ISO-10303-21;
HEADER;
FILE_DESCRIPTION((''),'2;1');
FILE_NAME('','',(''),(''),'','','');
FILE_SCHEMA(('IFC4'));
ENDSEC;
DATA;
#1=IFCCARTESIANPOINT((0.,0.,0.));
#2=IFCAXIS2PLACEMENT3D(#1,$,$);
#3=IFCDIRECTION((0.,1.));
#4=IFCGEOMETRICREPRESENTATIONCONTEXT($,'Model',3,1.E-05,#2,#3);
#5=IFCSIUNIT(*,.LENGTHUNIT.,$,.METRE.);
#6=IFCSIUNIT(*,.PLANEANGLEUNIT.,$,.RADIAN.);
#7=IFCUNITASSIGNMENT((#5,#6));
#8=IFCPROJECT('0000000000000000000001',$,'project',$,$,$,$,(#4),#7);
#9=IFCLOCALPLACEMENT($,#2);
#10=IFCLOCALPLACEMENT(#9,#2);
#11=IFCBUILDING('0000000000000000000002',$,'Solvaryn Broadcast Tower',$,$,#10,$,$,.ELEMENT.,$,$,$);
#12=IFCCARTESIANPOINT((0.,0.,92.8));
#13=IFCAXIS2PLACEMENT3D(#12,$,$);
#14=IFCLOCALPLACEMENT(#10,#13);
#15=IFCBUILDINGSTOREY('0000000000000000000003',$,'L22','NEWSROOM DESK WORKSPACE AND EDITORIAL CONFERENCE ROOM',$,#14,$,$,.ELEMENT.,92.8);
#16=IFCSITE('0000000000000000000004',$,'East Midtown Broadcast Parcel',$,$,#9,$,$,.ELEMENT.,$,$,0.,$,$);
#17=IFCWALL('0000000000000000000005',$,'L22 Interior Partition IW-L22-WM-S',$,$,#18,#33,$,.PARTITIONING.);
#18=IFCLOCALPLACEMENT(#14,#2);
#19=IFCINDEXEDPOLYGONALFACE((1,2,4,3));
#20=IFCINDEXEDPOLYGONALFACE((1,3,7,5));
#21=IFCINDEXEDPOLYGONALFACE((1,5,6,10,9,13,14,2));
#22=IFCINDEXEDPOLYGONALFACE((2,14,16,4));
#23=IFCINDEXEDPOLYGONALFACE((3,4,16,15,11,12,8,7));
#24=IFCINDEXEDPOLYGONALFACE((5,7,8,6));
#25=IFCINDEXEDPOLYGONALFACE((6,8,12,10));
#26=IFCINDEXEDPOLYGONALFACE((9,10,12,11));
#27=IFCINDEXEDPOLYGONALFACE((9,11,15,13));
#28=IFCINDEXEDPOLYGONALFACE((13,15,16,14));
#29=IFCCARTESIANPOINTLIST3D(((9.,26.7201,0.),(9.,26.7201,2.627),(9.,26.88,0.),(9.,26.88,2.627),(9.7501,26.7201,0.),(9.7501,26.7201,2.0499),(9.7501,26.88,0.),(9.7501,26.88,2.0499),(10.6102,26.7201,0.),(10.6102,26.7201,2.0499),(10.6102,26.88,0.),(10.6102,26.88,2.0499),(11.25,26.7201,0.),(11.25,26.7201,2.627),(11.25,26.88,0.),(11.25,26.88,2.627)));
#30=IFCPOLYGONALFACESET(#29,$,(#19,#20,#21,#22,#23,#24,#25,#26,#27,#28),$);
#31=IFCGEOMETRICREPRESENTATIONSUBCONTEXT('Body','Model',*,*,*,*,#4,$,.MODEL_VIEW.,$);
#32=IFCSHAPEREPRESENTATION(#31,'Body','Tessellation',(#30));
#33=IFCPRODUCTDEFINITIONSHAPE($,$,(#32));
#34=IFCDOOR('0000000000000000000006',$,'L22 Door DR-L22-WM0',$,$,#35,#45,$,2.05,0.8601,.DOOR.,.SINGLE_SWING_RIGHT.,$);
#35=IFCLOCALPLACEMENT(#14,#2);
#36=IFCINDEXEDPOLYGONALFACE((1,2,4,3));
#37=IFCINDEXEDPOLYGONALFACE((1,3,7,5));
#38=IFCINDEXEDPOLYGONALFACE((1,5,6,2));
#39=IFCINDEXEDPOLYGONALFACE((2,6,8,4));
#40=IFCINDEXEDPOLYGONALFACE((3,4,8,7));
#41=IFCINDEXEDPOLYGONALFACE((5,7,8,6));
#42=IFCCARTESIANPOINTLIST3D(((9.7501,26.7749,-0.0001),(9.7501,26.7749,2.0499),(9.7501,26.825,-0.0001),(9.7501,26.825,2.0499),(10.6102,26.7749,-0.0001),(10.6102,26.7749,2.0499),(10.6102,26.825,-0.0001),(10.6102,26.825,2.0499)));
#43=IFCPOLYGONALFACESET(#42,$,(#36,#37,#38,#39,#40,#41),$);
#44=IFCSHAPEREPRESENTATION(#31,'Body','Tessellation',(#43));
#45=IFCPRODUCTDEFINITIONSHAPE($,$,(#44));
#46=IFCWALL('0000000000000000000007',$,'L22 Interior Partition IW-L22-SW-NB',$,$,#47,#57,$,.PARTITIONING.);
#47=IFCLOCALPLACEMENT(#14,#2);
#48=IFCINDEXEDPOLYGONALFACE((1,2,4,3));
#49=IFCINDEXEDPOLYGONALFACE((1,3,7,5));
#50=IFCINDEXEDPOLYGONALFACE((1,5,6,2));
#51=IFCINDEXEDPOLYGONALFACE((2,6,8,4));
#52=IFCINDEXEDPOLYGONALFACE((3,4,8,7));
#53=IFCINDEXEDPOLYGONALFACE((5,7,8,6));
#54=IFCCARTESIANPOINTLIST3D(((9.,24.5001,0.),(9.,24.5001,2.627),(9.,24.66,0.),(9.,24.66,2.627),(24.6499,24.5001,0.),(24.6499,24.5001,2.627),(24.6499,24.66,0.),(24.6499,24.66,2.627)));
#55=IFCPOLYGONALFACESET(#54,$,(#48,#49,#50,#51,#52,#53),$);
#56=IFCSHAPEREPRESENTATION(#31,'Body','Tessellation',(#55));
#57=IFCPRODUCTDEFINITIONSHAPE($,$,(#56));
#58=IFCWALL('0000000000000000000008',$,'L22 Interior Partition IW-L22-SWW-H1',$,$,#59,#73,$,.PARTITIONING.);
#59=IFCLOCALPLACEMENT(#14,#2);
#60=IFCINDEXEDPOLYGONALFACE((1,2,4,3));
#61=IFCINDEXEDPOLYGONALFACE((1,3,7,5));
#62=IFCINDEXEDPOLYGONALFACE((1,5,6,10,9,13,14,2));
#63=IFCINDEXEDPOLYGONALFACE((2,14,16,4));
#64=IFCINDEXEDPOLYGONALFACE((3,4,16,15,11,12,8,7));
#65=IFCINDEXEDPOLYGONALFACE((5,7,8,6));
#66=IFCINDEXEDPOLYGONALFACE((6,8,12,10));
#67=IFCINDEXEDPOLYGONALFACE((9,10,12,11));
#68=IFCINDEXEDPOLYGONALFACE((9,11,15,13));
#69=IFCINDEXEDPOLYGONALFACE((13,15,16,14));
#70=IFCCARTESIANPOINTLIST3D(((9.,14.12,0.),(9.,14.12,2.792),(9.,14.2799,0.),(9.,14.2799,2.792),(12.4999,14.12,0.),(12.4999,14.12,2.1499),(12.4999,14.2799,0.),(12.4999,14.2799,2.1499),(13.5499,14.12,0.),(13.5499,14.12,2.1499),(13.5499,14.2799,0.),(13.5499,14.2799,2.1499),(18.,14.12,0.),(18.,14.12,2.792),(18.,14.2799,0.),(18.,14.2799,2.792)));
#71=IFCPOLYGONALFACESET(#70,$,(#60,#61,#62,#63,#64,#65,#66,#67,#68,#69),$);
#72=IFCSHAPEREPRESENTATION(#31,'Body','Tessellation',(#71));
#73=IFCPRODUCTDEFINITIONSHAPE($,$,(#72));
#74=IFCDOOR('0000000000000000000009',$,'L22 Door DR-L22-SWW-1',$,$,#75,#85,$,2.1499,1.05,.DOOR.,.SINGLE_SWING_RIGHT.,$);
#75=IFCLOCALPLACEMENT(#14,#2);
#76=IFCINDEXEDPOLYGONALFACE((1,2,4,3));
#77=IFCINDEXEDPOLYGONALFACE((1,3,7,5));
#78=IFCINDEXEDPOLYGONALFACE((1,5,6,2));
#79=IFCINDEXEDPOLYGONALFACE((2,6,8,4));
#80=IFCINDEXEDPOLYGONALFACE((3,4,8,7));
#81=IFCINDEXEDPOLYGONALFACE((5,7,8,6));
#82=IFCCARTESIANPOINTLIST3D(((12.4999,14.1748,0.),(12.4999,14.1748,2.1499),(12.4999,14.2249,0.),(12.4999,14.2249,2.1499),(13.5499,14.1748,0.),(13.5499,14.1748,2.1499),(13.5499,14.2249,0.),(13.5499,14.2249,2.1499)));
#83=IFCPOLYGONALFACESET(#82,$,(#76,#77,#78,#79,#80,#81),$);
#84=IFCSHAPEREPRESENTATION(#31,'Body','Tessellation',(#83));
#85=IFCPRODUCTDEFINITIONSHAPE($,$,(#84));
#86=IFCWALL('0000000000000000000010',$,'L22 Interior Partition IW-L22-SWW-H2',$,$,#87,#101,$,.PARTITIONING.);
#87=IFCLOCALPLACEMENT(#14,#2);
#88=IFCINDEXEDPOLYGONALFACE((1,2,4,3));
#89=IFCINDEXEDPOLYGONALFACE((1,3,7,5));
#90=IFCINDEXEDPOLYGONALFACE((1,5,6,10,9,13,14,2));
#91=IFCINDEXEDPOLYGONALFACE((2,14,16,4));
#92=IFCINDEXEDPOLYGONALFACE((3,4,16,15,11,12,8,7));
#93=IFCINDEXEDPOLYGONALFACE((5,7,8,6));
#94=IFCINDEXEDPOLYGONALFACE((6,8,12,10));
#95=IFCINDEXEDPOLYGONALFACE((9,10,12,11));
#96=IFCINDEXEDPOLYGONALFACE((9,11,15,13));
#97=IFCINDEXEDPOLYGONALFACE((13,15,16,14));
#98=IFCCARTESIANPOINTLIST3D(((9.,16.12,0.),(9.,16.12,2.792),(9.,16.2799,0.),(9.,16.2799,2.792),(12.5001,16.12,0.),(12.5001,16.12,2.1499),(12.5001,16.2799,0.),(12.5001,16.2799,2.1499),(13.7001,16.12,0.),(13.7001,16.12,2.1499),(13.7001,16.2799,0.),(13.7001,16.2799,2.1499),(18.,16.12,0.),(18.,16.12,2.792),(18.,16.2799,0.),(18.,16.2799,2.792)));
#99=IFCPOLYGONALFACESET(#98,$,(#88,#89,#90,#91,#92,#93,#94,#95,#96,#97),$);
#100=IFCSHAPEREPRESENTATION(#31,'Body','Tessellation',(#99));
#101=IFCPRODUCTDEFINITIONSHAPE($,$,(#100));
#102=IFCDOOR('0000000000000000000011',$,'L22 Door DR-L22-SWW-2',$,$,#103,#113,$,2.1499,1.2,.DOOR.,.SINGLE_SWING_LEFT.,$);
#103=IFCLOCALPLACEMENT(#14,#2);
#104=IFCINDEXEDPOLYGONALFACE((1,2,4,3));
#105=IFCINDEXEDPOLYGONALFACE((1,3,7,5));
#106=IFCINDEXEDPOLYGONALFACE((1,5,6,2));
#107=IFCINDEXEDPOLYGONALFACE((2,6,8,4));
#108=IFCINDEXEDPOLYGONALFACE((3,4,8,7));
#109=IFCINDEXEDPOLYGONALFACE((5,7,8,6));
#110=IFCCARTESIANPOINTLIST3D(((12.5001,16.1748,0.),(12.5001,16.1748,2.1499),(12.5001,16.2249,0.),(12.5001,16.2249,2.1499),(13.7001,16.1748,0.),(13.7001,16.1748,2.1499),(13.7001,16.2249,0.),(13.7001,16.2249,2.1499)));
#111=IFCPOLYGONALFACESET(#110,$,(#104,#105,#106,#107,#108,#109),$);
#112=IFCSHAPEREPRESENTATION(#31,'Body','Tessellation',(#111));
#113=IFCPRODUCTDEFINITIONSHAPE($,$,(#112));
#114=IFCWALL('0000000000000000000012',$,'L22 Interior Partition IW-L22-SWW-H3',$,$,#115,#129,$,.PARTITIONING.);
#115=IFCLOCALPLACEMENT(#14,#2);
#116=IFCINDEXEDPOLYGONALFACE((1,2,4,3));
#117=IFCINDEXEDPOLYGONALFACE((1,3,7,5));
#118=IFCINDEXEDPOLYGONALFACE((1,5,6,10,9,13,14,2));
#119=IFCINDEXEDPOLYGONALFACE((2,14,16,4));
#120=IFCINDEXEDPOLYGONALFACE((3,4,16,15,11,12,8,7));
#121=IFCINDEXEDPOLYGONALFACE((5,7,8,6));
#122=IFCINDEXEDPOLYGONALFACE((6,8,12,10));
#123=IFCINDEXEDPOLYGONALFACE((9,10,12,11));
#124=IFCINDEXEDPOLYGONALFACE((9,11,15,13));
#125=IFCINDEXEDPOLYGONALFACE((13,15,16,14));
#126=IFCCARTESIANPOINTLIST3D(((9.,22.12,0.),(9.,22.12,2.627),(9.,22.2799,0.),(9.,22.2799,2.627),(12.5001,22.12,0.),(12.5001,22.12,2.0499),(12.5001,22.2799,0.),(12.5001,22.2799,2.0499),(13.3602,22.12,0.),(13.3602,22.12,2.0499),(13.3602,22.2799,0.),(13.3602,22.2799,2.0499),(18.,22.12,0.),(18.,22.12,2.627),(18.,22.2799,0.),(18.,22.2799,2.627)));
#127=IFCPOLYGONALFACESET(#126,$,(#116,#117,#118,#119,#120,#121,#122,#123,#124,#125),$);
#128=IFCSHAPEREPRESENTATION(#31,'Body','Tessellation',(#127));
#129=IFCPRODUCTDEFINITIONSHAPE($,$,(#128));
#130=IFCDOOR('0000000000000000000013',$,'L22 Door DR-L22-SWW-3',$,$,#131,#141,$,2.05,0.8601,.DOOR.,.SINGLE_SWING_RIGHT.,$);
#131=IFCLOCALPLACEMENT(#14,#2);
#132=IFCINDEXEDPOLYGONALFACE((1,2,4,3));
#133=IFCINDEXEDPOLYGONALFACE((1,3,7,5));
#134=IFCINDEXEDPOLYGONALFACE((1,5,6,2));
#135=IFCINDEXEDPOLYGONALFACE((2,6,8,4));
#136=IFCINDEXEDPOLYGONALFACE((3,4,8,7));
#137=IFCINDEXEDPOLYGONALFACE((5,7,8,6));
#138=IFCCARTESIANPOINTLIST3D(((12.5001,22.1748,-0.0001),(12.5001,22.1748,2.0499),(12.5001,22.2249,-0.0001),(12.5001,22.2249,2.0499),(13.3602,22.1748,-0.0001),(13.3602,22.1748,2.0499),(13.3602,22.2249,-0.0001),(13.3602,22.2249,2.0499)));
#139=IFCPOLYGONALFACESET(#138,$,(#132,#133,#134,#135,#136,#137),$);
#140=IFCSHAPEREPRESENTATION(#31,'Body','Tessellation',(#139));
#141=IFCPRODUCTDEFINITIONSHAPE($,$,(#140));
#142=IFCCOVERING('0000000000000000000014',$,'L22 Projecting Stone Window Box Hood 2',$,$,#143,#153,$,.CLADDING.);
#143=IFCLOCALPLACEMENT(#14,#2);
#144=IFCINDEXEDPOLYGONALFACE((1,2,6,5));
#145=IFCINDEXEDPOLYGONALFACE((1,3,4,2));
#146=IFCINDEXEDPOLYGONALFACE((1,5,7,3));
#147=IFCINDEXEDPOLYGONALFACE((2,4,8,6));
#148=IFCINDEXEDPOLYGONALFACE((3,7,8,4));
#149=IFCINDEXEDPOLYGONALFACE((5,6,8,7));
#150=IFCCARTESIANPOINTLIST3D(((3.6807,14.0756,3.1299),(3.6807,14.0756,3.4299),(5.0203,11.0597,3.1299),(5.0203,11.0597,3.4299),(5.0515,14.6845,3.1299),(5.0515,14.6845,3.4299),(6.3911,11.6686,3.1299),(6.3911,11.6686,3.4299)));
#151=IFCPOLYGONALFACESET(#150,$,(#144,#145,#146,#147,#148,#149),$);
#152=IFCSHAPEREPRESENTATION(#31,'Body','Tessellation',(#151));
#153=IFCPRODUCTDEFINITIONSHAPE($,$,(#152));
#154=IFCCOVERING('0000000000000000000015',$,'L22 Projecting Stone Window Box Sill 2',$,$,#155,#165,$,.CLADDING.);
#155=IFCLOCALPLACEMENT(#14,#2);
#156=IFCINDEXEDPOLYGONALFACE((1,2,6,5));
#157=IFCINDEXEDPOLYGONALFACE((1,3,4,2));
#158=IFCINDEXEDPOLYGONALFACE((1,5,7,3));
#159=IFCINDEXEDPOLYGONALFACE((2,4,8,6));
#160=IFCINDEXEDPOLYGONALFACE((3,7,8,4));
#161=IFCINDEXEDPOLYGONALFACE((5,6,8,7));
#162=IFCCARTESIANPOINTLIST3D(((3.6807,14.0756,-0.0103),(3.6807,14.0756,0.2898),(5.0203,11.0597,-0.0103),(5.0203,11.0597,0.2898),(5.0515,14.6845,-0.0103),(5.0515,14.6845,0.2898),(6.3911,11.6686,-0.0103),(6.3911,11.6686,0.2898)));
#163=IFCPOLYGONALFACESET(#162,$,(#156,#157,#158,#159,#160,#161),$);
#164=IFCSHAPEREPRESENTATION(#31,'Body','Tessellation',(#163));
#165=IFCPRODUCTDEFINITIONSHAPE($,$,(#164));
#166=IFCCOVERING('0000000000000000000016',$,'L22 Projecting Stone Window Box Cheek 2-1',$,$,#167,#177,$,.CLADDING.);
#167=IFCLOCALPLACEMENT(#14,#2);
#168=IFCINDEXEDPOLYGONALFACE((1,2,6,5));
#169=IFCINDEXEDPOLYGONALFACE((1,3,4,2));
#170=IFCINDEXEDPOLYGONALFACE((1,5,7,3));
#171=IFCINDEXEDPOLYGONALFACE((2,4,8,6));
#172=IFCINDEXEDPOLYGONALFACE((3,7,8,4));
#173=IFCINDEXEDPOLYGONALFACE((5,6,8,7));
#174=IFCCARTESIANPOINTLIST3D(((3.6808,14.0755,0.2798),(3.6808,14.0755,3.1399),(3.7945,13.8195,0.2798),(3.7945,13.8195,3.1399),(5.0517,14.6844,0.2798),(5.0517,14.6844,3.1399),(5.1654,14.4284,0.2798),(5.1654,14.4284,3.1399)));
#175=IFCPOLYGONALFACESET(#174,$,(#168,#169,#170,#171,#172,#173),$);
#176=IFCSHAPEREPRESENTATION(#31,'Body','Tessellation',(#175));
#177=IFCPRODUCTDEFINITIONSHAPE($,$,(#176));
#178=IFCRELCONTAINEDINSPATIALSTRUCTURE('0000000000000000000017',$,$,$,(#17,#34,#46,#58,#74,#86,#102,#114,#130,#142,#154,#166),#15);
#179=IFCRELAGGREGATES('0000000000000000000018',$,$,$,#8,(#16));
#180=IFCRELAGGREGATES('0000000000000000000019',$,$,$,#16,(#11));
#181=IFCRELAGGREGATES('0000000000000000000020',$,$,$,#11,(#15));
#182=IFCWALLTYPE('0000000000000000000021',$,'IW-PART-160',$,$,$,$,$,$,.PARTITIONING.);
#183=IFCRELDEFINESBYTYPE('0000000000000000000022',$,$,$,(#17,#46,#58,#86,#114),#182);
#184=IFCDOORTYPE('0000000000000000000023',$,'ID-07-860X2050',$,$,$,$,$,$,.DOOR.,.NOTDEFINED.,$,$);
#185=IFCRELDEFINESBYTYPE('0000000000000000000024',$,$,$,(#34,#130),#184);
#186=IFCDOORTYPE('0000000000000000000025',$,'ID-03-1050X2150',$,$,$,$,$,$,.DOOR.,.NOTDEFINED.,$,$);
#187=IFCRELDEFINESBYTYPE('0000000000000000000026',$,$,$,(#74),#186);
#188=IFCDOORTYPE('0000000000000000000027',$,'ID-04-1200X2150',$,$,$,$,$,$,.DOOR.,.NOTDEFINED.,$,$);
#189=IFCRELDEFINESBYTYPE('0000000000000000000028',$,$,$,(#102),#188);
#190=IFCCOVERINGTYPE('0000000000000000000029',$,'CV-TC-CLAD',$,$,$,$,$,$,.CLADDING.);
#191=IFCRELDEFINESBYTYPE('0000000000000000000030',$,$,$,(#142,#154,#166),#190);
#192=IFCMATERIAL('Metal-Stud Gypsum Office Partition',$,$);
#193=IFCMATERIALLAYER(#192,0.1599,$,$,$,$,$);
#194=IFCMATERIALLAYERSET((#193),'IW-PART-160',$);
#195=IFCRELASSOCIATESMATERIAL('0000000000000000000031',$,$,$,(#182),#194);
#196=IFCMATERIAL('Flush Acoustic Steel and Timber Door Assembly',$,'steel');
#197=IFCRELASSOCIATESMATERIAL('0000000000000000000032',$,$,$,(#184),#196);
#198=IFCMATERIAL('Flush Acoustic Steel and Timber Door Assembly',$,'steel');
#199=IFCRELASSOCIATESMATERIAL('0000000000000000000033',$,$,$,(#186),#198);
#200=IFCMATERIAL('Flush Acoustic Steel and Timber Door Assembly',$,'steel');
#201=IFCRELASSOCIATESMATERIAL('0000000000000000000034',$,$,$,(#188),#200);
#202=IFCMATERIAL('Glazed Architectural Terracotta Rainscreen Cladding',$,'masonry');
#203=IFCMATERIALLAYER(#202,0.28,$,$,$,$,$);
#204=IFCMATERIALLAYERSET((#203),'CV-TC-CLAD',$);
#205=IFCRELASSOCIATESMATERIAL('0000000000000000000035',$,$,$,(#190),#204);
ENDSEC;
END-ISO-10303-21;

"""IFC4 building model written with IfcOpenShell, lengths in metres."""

from ifc_helpers import new_model, si_unit, direction, frame, frame_2d, origin, origin_2d, place, context, subcontext, project, spatial, rectangle, extrude, material, layer, layer_set, type_object, element, fill, save


model = new_model("IFC4")

# Units and contexts
model_context = context("Model", 3, precision=1e-05, world=origin(), true_north=direction((0.0, 1.0)))
body_context = subcontext(model_context, "Body", "Model", "MODEL_VIEW")
ifc_project = project(units=[si_unit("LENGTHUNIT", "METRE"), si_unit("PLANEANGLEUNIT", "RADIAN")], contexts=[model_context])

# Site, building, storey
site_placement = place(None, origin())
site = spatial("IfcSite", under=ifc_project, at=site_placement, Name="East Midtown Broadcast Parcel", CompositionType="ELEMENT", RefElevation=0.0)
building_placement = place(site_placement, origin())
building = spatial("IfcBuilding", under=site, at=building_placement, Name="Solvaryn Broadcast Tower", CompositionType="ELEMENT")
storey_placement = place(building_placement, frame((0.0, 0.0, 92.8)))
storey = spatial("IfcBuildingStorey", under=building, at=storey_placement, Name="L22", Description="NEWSROOM DESK WORKSPACE AND EDITORIAL CONFERENCE ROOM", CompositionType="ELEMENT", Elevation=92.8)

# Wall, opening, door
ifc_material_1 = material(Name="Metal-Stud Gypsum Office Partition")
ifc_layer_1 = layer(ifc_material_1, 0.1599)
ifc_layer_set_1 = layer_set([ifc_layer_1], Name="IW-PART-160")
wall_type = type_object("IfcWallType", Name="IW-PART-160", PredefinedType="PARTITIONING", material=ifc_layer_set_1)
wall_1_placement = place(storey_placement, frame((9.0, 26.8, 0.0), z_axis=(0.0, 0.0, 1.0), x_axis=(1.0, 0.0, 0.0)))
wall_1 = element("IfcWall", 1, at=wall_1_placement, inside=storey, type_object=wall_type, Name="L22 Interior Partition IW-L22-WM-S", PredefinedType="PARTITIONING", context=body_context, shape_type="SweptSolid", body=[
    extrude(rectangle(XDim=2.25, YDim=0.1599, at=frame_2d((1.125, 0.0))), origin(), (0.0, 0.0, 1.0), 2.627),
])
opening_1_placement = place(wall_1_placement, frame((0.75, 0.0, 0.0)))
opening_1 = element("IfcOpeningElement", 2, at=opening_1_placement, cuts=wall_1, PredefinedType="OPENING", context=body_context, shape_type="SweptSolid", body=[
    extrude(rectangle(XDim=0.8601, YDim=2.05, at=frame_2d((0.4302, 1.0249))), frame((0.0, 0.0901, 0.0), z_axis=(0.0, -1.0, 0.0), x_axis=(1.0, 0.0, 0.0)), (0.0, 0.0, 1.0), 0.1799),
])
ifc_material_2 = material(Name="Flush Acoustic Steel and Timber Door Assembly", Category="steel")
door_type_1 = type_object("IfcDoorType", Name="ID-07-860X2050", OperationType="NOTDEFINED", PredefinedType="DOOR", material=ifc_material_2)
door_1_placement = place(opening_1_placement, origin())
door_1 = element("IfcDoor", 3, at=door_1_placement, inside=storey, type_object=door_type_1, Name="L22 Door DR-L22-WM0", OperationType="SINGLE_SWING_RIGHT", OverallHeight=2.05, OverallWidth=0.8601, PredefinedType="DOOR", context=body_context, shape_type="SweptSolid", body=[
    extrude(rectangle(XDim=0.8601, YDim=2.05, at=frame_2d((0.4302, 1.0249))), frame((0.0, 0.0249, 0.0), z_axis=(0.0, -1.0, 0.0), x_axis=(1.0, 0.0, 0.0)), (0.0, 0.0, 1.0), 0.05),
])
fill(opening_1, door_1)

# Wall
wall_2_placement = place(storey_placement, frame((9.0, 24.5801, 0.0), z_axis=(0.0, 0.0, 1.0), x_axis=(1.0, 0.0, 0.0)))
element("IfcWall", 4, at=wall_2_placement, inside=storey, type_object=wall_type, Name="L22 Interior Partition IW-L22-SW-NB", PredefinedType="PARTITIONING", context=body_context, shape_type="SweptSolid", body=[
    extrude(rectangle(XDim=15.6499, YDim=0.1599, at=frame_2d((7.825, 0.0))), origin(), (0.0, 0.0, 1.0), 2.627),
])

# Walls, openings, doors
wall_3_placement = place(storey_placement, frame((9.0, 14.2, 0.0), z_axis=(0.0, 0.0, 1.0), x_axis=(1.0, 0.0, 0.0)))
wall_3 = element("IfcWall", 5, at=wall_3_placement, inside=storey, type_object=wall_type, Name="L22 Interior Partition IW-L22-SWW-H1", PredefinedType="PARTITIONING", context=body_context, shape_type="SweptSolid", body=[
    extrude(rectangle(XDim=9.0, YDim=0.1599, at=frame_2d((4.5, 0.0))), origin(), (0.0, 0.0, 1.0), 2.792),
])
opening_2_placement = place(wall_3_placement, frame((3.5, 0.0, 0.0)))
opening_2 = element("IfcOpeningElement", 6, at=opening_2_placement, cuts=wall_3, PredefinedType="OPENING", context=body_context, shape_type="SweptSolid", body=[
    extrude(rectangle(XDim=1.05, YDim=2.1499, at=frame_2d((0.5249, 1.075))), frame((0.0, 0.0901, 0.0), z_axis=(0.0, -1.0, 0.0), x_axis=(1.0, 0.0, 0.0)), (0.0, 0.0, 1.0), 0.1799),
])
ifc_material_3 = material(Name="Flush Acoustic Steel and Timber Door Assembly", Category="steel")
door_type_2 = type_object("IfcDoorType", Name="ID-03-1050X2150", OperationType="NOTDEFINED", PredefinedType="DOOR", material=ifc_material_3)
door_2_placement = place(opening_2_placement, origin())
door_2 = element("IfcDoor", 7, at=door_2_placement, inside=storey, type_object=door_type_2, Name="L22 Door DR-L22-SWW-1", OperationType="SINGLE_SWING_RIGHT", OverallHeight=2.1499, OverallWidth=1.05, PredefinedType="DOOR", context=body_context, shape_type="SweptSolid", body=[
    extrude(rectangle(XDim=1.05, YDim=2.1499, at=frame_2d((0.5249, 1.075))), frame((0.0, 0.0249, 0.0), z_axis=(0.0, -1.0, 0.0), x_axis=(1.0, 0.0, 0.0)), (0.0, 0.0, 1.0), 0.05),
])
fill(opening_2, door_2)
wall_4_placement = place(storey_placement, frame((9.0, 16.2, 0.0), z_axis=(0.0, 0.0, 1.0), x_axis=(1.0, 0.0, 0.0)))
wall_4 = element("IfcWall", 8, at=wall_4_placement, inside=storey, type_object=wall_type, Name="L22 Interior Partition IW-L22-SWW-H2", PredefinedType="PARTITIONING", context=body_context, shape_type="SweptSolid", body=[
    extrude(rectangle(XDim=9.0, YDim=0.1599, at=frame_2d((4.5, 0.0))), origin(), (0.0, 0.0, 1.0), 2.792),
])
opening_3_placement = place(wall_4_placement, frame((3.5, 0.0, 0.0)))
opening_3 = element("IfcOpeningElement", 9, at=opening_3_placement, cuts=wall_4, PredefinedType="OPENING", context=body_context, shape_type="SweptSolid", body=[
    extrude(rectangle(XDim=1.2, YDim=2.1499, at=frame_2d((0.6001, 1.075))), frame((0.0, 0.0901, 0.0), z_axis=(0.0, -1.0, 0.0), x_axis=(1.0, 0.0, 0.0)), (0.0, 0.0, 1.0), 0.1799),
])
ifc_material_4 = material(Name="Flush Acoustic Steel and Timber Door Assembly", Category="steel")
door_type_3 = type_object("IfcDoorType", Name="ID-04-1200X2150", OperationType="NOTDEFINED", PredefinedType="DOOR", material=ifc_material_4)
door_3_placement = place(opening_3_placement, origin())
door_3 = element("IfcDoor", 10, at=door_3_placement, inside=storey, type_object=door_type_3, Name="L22 Door DR-L22-SWW-2", OperationType="SINGLE_SWING_LEFT", OverallHeight=2.1499, OverallWidth=1.2, PredefinedType="DOOR", context=body_context, shape_type="SweptSolid", body=[
    extrude(rectangle(XDim=1.2, YDim=2.1499, at=frame_2d((0.6001, 1.075))), frame((0.0, 0.0249, 0.0), z_axis=(0.0, -1.0, 0.0), x_axis=(1.0, 0.0, 0.0)), (0.0, 0.0, 1.0), 0.05),
])
fill(opening_3, door_3)
wall_5_placement = place(storey_placement, frame((9.0, 22.2, 0.0), z_axis=(0.0, 0.0, 1.0), x_axis=(1.0, 0.0, 0.0)))
wall_5 = element("IfcWall", 11, at=wall_5_placement, inside=storey, type_object=wall_type, Name="L22 Interior Partition IW-L22-SWW-H3", PredefinedType="PARTITIONING", context=body_context, shape_type="SweptSolid", body=[
    extrude(rectangle(XDim=9.0, YDim=0.1599, at=frame_2d((4.5, 0.0))), origin(), (0.0, 0.0, 1.0), 2.627),
])
opening_4_placement = place(wall_5_placement, frame((3.5, 0.0, 0.0)))
opening_4 = element("IfcOpeningElement", 12, at=opening_4_placement, cuts=wall_5, PredefinedType="OPENING", context=body_context, shape_type="SweptSolid", body=[
    extrude(rectangle(XDim=0.8601, YDim=2.05, at=frame_2d((0.4302, 1.0249))), frame((0.0, 0.0901, 0.0), z_axis=(0.0, -1.0, 0.0), x_axis=(1.0, 0.0, 0.0)), (0.0, 0.0, 1.0), 0.1799),
])
door_4_placement = place(opening_4_placement, origin())
door_4 = element("IfcDoor", 13, at=door_4_placement, inside=storey, type_object=door_type_1, Name="L22 Door DR-L22-SWW-3", OperationType="SINGLE_SWING_RIGHT", OverallHeight=2.05, OverallWidth=0.8601, PredefinedType="DOOR", context=body_context, shape_type="SweptSolid", body=[
    extrude(rectangle(XDim=0.8601, YDim=2.05, at=frame_2d((0.4302, 1.0249))), frame((0.0, 0.0249, 0.0), z_axis=(0.0, -1.0, 0.0), x_axis=(1.0, 0.0, 0.0)), (0.0, 0.0, 1.0), 0.05),
])
fill(opening_4, door_4)

# Coverings
ifc_material_5 = material(Name="Glazed Architectural Terracotta Rainscreen Cladding", Category="masonry")
ifc_layer_2 = layer(ifc_material_5, 0.28)
ifc_layer_set_2 = layer_set([ifc_layer_2], Name="CV-TC-CLAD")
covering_type_1 = type_object("IfcCoveringType", Name="CV-TC-CLAD", PredefinedType="CLADDING", material=ifc_layer_set_2)
for number, where, z_axis, x_axis, name in (
    (14, (5.0359, 12.8721, 3.1299), (0.0, 0.0, 1.0), (0.405939, -0.9139, 0.0), "L22 Projecting Stone Window Box Hood 2"),
    (15, (5.0359, 12.8721, -0.0103), (0.0, 0.0, 1.0), (0.405939, -0.9139, 0.0), "L22 Projecting Stone Window Box Sill 2"),
):
    element("IfcCovering", number, at=place(storey_placement, frame(where, z_axis=z_axis, x_axis=x_axis)), inside=storey, type_object=covering_type_1, Name=name, PredefinedType="CLADDING", context=body_context, shape_type="SweptSolid", body=[
        extrude(rectangle(XDim=3.3, YDim=1.5, at=origin_2d()), origin(), (0.0, 0.0, 1.0), 0.3),
    ])
covering_placement = place(storey_placement, frame((4.4231, 14.252, 0.2798), z_axis=(0.0, 0.0, 1.0), x_axis=(0.405939, -0.9139, 0.0)))
element("IfcCovering", 16, at=covering_placement, inside=storey, type_object=covering_type_1, Name="L22 Projecting Stone Window Box Cheek 2-1", PredefinedType="CLADDING", context=body_context, shape_type="SweptSolid", body=[
    extrude(rectangle(XDim=0.28, YDim=1.5, at=origin_2d()), origin(), (0.0, 0.0, 1.0), 2.8601),
])

save(model, "model.ifc")
